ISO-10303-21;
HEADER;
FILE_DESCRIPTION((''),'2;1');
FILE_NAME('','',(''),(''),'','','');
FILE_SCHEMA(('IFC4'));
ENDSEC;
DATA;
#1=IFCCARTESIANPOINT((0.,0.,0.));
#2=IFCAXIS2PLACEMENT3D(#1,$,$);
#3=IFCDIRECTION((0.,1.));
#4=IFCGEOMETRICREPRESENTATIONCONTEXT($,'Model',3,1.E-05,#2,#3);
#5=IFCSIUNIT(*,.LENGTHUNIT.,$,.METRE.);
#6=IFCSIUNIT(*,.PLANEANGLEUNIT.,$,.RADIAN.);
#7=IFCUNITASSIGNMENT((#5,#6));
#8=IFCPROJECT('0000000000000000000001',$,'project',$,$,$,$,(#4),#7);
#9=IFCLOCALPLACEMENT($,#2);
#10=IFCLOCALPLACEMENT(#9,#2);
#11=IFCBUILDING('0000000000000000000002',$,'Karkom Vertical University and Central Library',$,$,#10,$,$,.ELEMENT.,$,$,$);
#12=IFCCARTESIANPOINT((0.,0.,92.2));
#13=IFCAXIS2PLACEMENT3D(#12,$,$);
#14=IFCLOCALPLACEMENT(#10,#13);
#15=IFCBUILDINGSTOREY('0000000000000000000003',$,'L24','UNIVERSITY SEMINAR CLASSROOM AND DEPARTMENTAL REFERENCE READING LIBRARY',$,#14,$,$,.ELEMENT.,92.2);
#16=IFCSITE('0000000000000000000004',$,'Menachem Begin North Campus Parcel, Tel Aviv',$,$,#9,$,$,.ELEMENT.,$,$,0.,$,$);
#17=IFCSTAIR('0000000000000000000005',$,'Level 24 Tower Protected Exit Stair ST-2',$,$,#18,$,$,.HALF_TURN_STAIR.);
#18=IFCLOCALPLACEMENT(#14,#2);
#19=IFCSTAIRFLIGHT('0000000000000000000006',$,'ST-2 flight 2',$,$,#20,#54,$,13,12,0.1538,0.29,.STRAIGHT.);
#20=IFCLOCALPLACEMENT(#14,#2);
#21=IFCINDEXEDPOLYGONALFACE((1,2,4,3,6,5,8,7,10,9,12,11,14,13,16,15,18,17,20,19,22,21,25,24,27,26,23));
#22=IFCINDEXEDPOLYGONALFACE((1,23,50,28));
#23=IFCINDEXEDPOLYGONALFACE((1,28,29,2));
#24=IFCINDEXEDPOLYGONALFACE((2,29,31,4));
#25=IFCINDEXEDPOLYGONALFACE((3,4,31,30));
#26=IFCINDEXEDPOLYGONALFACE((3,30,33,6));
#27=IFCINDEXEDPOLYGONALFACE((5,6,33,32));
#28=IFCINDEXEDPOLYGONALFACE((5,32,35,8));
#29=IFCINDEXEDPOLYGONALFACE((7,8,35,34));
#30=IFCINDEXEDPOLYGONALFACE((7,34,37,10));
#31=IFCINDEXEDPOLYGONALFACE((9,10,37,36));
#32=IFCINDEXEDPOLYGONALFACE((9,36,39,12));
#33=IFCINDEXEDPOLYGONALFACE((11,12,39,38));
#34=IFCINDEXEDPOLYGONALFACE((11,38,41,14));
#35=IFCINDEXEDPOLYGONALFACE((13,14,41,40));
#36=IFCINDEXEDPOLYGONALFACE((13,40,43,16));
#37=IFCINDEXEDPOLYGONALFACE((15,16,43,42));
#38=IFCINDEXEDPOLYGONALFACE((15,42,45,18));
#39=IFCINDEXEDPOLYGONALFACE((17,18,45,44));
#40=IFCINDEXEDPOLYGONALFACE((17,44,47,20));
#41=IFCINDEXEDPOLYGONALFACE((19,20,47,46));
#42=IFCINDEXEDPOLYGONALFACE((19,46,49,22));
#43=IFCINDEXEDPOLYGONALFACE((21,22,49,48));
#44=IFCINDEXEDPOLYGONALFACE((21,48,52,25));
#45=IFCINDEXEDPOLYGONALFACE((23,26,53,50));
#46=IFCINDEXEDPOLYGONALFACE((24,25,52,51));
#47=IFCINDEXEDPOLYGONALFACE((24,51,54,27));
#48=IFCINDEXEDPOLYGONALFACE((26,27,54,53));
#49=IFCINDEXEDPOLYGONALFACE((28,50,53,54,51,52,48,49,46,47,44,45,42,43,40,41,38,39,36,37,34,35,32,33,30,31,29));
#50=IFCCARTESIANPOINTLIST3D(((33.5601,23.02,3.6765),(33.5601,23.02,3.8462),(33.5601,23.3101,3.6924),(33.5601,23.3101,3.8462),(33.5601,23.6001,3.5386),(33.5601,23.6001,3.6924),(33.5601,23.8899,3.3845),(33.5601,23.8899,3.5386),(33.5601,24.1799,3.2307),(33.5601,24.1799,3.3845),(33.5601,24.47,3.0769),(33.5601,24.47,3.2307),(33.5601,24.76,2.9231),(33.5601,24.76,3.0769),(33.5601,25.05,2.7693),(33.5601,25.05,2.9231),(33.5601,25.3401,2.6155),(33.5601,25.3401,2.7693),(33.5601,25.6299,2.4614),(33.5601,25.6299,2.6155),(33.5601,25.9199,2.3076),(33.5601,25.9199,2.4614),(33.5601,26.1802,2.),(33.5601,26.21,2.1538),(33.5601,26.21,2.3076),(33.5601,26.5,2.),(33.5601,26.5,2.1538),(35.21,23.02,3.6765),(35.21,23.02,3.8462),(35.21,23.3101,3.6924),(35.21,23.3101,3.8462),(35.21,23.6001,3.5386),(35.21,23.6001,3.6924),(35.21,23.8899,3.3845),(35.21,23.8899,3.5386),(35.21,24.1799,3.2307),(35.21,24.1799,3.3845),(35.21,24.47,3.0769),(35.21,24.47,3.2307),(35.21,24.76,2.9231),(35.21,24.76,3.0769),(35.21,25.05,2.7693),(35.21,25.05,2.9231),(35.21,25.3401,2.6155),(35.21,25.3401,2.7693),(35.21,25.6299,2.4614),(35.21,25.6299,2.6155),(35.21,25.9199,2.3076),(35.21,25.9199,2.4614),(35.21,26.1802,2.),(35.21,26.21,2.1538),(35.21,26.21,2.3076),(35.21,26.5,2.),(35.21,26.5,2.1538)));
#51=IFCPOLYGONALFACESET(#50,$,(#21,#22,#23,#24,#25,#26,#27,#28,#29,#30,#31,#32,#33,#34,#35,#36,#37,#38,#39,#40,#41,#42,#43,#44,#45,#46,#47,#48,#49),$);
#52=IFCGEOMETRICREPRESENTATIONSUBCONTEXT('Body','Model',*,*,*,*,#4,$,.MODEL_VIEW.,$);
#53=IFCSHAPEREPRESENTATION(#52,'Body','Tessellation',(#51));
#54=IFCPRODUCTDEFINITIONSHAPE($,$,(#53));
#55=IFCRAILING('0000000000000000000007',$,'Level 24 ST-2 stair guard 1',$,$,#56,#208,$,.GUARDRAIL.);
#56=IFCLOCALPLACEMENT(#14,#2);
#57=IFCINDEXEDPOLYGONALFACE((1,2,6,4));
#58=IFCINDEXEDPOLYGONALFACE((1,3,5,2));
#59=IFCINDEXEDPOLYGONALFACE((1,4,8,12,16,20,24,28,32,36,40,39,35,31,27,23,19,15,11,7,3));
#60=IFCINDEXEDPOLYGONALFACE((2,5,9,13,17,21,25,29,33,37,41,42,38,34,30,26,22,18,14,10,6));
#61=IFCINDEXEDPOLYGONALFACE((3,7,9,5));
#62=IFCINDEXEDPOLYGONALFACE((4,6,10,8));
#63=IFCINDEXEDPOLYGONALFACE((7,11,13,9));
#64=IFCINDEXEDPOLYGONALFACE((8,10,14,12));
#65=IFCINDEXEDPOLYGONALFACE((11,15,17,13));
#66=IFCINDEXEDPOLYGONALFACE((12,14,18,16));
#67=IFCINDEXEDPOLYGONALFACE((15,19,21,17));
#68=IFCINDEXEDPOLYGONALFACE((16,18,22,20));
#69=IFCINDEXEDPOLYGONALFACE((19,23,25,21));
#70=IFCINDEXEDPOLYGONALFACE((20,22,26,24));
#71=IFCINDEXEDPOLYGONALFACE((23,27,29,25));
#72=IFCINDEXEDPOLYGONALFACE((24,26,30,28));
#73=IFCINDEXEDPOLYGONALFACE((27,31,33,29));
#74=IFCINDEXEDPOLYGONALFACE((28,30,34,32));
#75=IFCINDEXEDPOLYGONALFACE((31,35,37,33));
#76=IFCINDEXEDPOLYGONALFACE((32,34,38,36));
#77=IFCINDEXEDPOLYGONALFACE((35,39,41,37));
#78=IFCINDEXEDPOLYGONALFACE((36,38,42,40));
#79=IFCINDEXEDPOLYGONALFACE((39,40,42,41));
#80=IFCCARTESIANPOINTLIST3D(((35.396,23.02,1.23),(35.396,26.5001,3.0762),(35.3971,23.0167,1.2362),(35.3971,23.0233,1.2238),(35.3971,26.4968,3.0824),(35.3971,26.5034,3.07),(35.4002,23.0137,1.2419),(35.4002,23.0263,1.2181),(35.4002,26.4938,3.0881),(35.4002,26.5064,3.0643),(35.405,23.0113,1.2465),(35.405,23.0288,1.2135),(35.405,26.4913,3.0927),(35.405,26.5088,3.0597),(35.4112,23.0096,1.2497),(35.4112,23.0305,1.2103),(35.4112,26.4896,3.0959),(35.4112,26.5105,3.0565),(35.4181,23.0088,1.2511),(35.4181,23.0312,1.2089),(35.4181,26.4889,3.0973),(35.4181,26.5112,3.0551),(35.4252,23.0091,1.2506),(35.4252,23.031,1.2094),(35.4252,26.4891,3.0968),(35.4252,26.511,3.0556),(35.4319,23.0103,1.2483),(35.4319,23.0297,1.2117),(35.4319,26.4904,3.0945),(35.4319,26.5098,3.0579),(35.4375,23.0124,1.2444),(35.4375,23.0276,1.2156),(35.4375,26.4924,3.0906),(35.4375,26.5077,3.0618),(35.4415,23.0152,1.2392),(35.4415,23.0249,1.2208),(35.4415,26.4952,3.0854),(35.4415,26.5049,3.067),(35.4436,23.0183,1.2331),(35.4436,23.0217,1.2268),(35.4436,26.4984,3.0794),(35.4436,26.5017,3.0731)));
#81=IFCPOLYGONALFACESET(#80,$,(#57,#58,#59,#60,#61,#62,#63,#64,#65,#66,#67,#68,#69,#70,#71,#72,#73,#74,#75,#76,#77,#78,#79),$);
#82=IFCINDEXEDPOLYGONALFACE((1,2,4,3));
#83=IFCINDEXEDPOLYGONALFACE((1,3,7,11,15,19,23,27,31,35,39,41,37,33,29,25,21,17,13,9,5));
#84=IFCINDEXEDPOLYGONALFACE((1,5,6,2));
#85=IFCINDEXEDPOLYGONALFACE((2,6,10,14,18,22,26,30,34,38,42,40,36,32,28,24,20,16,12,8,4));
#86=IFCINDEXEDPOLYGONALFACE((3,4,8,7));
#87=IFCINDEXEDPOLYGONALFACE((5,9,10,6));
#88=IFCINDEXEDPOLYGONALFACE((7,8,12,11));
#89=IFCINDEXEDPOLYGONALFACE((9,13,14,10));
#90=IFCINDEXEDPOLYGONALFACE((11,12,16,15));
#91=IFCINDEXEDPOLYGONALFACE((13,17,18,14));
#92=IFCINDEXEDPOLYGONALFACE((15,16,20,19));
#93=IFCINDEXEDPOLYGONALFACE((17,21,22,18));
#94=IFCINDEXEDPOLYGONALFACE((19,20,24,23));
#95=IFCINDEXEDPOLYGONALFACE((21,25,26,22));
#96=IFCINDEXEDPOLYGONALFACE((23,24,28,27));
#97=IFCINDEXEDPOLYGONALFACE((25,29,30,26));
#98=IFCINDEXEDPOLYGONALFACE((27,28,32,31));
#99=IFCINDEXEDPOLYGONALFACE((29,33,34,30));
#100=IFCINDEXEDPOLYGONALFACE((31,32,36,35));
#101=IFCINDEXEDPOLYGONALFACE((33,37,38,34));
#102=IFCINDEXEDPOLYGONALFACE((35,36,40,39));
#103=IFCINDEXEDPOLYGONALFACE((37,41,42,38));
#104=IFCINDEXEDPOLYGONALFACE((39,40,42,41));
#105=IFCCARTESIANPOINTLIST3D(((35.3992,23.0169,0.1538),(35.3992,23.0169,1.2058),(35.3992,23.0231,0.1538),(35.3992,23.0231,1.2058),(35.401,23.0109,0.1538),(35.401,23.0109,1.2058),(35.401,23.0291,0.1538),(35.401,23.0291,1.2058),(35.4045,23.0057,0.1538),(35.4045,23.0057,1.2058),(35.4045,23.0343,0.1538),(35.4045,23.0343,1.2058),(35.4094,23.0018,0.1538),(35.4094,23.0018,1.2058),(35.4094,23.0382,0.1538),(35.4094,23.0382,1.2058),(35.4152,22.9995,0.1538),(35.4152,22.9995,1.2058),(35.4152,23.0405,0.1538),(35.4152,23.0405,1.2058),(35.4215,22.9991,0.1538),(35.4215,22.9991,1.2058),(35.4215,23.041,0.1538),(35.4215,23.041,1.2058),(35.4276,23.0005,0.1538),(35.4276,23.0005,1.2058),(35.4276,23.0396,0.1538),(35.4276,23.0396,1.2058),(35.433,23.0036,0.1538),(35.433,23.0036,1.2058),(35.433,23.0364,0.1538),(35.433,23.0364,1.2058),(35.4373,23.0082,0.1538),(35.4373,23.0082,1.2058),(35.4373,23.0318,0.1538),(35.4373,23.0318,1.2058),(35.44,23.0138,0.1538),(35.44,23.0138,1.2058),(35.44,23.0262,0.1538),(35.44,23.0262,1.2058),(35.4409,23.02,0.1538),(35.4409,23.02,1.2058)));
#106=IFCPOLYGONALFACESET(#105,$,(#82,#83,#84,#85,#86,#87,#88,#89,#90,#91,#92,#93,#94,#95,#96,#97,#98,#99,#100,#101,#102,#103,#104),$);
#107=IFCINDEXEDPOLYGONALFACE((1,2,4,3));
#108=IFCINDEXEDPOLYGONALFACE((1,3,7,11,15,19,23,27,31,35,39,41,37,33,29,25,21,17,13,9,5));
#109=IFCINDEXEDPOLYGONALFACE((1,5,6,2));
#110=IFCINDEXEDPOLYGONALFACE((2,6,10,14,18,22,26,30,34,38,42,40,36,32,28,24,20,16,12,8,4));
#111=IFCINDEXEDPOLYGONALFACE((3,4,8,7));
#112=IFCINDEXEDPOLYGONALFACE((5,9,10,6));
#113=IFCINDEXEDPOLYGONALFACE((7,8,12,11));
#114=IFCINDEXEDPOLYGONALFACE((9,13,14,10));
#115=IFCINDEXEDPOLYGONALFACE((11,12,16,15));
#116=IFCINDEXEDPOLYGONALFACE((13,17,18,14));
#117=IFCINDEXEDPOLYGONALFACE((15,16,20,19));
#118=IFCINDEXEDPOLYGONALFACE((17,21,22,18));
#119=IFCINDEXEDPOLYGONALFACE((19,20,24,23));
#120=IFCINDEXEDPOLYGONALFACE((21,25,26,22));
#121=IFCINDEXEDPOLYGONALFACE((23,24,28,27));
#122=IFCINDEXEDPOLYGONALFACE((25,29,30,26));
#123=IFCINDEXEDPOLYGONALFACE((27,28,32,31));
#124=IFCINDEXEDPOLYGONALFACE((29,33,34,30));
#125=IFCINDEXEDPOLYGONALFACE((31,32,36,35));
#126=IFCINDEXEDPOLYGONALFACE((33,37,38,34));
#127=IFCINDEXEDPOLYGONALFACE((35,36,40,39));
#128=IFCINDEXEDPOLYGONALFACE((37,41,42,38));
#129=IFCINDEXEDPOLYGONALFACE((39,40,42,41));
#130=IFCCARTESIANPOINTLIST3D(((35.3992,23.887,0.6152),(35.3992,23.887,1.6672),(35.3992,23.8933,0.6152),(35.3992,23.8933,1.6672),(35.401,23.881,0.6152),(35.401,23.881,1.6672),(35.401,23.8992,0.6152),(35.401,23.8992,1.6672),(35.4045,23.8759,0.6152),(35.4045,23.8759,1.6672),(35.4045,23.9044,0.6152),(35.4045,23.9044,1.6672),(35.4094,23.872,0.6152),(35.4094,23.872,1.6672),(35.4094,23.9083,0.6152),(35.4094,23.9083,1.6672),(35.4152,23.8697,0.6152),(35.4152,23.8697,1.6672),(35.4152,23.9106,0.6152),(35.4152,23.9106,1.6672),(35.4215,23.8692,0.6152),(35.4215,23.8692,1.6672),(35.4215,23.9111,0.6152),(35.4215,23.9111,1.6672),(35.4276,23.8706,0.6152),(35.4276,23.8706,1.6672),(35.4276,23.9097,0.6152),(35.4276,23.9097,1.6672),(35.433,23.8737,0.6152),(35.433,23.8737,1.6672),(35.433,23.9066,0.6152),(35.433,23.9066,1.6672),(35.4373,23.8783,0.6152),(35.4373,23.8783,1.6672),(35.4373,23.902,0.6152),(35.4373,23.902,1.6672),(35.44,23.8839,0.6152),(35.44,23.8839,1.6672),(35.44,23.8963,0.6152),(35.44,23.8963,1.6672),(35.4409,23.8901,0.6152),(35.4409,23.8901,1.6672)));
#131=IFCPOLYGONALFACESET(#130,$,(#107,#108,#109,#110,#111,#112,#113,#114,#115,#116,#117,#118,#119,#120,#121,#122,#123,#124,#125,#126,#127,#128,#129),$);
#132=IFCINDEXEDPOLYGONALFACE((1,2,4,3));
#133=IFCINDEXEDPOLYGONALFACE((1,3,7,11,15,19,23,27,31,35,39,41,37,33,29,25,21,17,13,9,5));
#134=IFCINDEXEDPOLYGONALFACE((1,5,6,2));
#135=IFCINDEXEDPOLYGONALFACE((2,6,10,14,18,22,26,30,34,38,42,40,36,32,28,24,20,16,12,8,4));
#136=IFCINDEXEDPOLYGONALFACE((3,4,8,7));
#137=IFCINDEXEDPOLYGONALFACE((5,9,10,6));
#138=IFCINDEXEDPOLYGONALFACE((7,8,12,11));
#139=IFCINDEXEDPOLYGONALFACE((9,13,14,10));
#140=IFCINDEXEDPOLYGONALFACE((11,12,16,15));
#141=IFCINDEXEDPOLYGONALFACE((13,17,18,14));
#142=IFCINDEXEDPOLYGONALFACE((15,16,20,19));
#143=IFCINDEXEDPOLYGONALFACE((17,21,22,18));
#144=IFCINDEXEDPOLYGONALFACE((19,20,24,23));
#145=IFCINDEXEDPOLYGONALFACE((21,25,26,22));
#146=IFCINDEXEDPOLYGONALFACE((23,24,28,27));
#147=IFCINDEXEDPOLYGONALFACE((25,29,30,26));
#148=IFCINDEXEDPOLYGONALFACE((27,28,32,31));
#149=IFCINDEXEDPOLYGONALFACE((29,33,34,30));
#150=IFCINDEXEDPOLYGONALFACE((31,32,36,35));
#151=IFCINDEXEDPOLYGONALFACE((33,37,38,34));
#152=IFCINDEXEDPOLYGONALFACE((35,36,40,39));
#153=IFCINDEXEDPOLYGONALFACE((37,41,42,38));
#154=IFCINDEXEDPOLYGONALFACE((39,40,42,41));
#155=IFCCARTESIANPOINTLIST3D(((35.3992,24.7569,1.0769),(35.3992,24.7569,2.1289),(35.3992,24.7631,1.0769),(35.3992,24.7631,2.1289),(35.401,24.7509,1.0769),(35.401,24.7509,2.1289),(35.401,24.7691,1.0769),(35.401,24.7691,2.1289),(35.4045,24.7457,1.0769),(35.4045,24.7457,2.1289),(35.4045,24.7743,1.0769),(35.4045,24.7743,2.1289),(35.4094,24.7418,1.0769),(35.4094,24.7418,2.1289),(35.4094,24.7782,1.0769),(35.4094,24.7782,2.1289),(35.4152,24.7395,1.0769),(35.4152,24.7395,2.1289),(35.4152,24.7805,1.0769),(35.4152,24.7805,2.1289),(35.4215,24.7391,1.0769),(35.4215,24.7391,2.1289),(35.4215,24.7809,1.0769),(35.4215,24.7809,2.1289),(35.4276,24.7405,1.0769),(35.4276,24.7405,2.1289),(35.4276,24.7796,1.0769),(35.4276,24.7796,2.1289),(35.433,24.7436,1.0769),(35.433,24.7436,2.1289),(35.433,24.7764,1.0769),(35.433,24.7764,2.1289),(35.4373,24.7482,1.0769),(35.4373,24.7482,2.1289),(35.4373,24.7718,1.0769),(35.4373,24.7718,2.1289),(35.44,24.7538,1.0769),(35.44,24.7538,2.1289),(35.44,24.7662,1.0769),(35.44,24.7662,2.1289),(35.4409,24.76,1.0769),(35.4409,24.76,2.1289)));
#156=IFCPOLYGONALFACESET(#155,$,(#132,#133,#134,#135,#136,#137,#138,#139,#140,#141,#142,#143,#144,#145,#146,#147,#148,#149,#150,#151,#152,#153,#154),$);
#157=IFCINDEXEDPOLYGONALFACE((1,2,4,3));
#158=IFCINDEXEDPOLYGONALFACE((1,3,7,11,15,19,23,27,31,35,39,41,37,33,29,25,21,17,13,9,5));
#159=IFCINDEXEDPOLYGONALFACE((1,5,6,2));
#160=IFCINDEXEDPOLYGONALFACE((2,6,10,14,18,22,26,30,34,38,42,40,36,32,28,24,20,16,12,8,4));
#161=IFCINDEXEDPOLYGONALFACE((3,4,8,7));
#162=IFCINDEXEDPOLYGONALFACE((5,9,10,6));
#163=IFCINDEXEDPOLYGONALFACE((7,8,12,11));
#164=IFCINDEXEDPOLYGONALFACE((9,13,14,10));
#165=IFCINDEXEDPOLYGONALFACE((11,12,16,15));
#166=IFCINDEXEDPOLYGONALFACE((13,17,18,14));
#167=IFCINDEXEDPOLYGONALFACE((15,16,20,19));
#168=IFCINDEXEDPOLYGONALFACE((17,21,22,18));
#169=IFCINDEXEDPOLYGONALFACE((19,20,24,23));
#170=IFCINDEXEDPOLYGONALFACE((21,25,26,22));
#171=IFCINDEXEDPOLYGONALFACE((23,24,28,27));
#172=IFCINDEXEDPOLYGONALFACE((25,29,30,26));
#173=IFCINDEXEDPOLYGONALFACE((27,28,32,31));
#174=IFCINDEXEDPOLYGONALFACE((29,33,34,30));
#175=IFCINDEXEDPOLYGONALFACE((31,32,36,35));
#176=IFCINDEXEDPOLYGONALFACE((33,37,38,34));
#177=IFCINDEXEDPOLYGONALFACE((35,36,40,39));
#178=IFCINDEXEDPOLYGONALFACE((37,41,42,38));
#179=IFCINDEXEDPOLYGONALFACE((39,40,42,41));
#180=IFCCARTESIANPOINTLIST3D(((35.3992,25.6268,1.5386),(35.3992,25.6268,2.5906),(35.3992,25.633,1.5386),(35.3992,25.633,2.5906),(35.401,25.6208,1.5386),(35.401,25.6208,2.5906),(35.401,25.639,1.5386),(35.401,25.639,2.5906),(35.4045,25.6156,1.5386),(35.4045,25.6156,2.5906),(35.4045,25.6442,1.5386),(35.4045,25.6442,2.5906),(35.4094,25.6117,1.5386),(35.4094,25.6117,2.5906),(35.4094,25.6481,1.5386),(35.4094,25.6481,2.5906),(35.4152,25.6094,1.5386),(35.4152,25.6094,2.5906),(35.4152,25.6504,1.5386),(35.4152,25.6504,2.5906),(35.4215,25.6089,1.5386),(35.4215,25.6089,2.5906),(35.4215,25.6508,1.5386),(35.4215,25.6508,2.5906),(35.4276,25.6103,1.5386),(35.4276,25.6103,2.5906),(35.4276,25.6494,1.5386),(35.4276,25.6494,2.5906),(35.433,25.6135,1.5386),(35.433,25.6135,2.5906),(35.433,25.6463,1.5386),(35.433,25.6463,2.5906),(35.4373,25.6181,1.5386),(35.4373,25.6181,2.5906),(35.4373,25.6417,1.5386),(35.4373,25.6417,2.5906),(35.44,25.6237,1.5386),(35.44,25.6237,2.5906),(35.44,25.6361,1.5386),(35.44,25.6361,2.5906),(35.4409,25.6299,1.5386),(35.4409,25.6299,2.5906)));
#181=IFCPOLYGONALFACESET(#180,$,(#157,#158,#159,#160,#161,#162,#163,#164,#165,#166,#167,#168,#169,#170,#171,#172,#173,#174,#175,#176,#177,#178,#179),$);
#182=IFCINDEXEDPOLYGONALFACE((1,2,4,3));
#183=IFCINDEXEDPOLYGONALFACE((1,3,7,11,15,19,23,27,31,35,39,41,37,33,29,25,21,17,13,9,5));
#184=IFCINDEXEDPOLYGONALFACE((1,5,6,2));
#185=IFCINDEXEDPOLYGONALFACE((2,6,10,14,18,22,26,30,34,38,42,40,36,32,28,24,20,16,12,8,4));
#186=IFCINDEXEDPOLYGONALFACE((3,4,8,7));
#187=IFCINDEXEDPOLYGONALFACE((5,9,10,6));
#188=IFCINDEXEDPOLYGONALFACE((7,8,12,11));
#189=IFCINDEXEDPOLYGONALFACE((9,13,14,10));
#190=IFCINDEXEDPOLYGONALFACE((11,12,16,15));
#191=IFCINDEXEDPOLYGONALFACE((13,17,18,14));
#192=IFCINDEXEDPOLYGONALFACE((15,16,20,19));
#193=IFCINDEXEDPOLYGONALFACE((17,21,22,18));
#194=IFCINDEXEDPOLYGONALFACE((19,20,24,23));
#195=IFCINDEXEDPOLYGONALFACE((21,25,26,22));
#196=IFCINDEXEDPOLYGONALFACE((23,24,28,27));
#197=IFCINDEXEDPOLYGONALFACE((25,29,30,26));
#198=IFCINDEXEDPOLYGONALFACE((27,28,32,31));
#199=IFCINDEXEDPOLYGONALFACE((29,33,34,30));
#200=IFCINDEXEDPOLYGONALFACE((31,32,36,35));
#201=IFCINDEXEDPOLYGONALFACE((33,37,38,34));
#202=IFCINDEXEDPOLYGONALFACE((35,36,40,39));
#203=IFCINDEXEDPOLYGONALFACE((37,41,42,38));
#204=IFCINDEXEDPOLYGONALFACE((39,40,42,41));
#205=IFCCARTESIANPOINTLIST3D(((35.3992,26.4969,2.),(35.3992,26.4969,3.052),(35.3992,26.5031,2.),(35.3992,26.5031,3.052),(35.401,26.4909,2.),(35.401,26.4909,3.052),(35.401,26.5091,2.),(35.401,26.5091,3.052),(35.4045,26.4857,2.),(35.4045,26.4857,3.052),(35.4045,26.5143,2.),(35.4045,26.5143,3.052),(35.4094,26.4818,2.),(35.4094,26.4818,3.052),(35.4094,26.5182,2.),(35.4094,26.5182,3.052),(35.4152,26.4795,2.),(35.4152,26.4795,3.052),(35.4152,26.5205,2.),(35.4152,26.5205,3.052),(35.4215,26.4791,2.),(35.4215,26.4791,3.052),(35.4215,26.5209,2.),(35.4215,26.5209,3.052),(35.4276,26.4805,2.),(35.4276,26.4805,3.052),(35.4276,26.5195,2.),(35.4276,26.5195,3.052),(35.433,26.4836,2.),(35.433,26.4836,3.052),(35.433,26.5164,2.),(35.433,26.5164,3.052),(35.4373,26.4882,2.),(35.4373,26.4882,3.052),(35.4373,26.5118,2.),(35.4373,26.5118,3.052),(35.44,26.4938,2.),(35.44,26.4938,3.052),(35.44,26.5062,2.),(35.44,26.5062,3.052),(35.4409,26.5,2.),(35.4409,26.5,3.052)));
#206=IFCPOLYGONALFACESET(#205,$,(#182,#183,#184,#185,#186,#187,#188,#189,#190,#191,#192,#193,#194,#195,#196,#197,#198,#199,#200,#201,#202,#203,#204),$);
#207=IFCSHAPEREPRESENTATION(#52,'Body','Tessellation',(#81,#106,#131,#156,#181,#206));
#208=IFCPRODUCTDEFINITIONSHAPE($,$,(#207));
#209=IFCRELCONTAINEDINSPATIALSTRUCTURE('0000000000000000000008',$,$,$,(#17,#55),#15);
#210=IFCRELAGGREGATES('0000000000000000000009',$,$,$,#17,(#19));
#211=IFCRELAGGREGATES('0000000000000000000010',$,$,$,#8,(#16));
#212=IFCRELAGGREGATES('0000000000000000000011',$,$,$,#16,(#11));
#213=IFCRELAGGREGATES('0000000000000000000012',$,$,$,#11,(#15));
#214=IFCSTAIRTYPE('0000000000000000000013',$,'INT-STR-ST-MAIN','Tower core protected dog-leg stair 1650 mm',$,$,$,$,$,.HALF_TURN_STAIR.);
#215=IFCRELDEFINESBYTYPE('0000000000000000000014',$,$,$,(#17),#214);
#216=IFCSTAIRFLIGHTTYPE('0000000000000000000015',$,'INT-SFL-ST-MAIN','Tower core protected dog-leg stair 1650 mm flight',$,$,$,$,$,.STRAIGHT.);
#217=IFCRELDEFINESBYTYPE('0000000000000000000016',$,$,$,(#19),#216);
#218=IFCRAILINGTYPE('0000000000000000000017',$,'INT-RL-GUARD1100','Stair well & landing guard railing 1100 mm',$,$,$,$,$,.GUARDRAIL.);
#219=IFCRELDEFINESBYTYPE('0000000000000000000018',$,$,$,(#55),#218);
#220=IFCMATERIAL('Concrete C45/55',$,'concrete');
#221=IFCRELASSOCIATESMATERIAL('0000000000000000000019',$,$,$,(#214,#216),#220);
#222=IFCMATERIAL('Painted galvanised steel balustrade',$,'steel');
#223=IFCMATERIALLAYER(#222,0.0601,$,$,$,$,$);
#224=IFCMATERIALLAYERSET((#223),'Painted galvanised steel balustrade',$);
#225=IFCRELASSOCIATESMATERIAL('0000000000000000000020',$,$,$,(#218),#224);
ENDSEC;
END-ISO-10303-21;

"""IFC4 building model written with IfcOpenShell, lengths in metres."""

from ifc_helpers import new_model, si_unit, direction, frame, origin, origin_2d, place, context, subcontext, project, spatial, polyline, circle, outline, extrude, material, layer, layer_set, type_object, element, aggregate, save


model = new_model("IFC4")

# Units and contexts
model_context = context("Model", 3, precision=1e-05, world=origin(), true_north=direction((0.0, 1.0)))
body_context = subcontext(model_context, "Body", "Model", "MODEL_VIEW")
ifc_project = project(units=[si_unit("LENGTHUNIT", "METRE"), si_unit("PLANEANGLEUNIT", "RADIAN")], contexts=[model_context])

# Site, building, storey
site_placement = place(None, origin())
site = spatial("IfcSite", under=ifc_project, at=site_placement, Name="Menachem Begin North Campus Parcel, Tel Aviv", CompositionType="ELEMENT", RefElevation=0.0)
building_placement = place(site_placement, origin())
building = spatial("IfcBuilding", under=site, at=building_placement, Name="Karkom Vertical University and Central Library", CompositionType="ELEMENT")
storey_placement = place(building_placement, frame((0.0, 0.0, 92.2)))
storey = spatial("IfcBuildingStorey", under=building, at=storey_placement, Name="L24", Description="UNIVERSITY SEMINAR CLASSROOM AND DEPARTMENTAL REFERENCE READING LIBRARY", CompositionType="ELEMENT", Elevation=92.2)

# Shared definitions
ifc_material_1 = material(Name="Concrete C45/55", Category="concrete")

# Stair, stair flight
stair_type = type_object("IfcStairType", Name="INT-STR-ST-MAIN", Description="Tower core protected dog-leg stair 1650 mm", PredefinedType="HALF_TURN_STAIR", material=ifc_material_1)
stair_placement = place(storey_placement, origin())
stair = element("IfcStair", 1, at=stair_placement, inside=storey, type_object=stair_type, Name="Level 24 Tower Protected Exit Stair ST-2", PredefinedType="HALF_TURN_STAIR")
stair_flight_type = type_object("IfcStairFlightType", Name="INT-SFL-ST-MAIN", Description="Tower core protected dog-leg stair 1650 mm flight", PredefinedType="STRAIGHT", material=ifc_material_1)
stair_flight_1_placement = place(storey_placement, frame((34.385, 26.5, 2.0), z_axis=(0.0, 0.0, 1.0), x_axis=(0.0, -1.0, 0.0)))
stair_flight_1 = element("IfcStairFlight", 2, at=stair_flight_1_placement, type_object=stair_flight_type, Name="ST-2 flight 2", NumberOfRisers=13, NumberOfTreads=12, PredefinedType="STRAIGHT", RiserHeight=0.1538, TreadLength=0.29, context=body_context, shape_type="SweptSolid", body=[
    extrude(outline(polyline([(0.0, 0.0), (0.0, 0.1538), (0.29, 0.1538), (0.29, 0.3076), (0.5801, 0.3076), (0.5801, 0.4614), (0.8701, 0.4614), (0.8701, 0.6155), (1.1599, 0.6155), (1.1599, 0.7693), (1.45, 0.7693), (1.45, 0.9231), (1.74, 0.9231), (1.74, 1.0769), (2.03, 1.0769), (2.03, 1.2307), (2.3201, 1.2307), (2.3201, 1.3845), (2.6101, 1.3845), (2.6101, 1.5386), (2.8999, 1.5386), (2.8999, 1.6924), (3.1899, 1.6924), (3.1899, 1.8462), (3.48, 1.8462), (3.48, 2.0), (3.48, 1.6765), (0.3198, 0.0), (0.0, 0.0)])), frame((0.0, 0.825, 0.0), z_axis=(0.0, -1.0, 0.0), x_axis=(1.0, 0.0, 0.0)), (0.0, 0.0, 1.0), 1.6499),
])
aggregate(stair, [stair_flight_1])

# Railing
ifc_material_2 = material(Name="Painted galvanised steel balustrade", Category="steel")
ifc_layer_1 = layer(ifc_material_2, 0.0601)
ifc_layer_set_1 = layer_set([ifc_layer_1], Name="Painted galvanised steel balustrade")
railing_type_1 = type_object("IfcRailingType", Name="INT-RL-GUARD1100", Description="Stair well & landing guard railing 1100 mm", PredefinedType="GUARDRAIL", material=ifc_layer_set_1)
railing_1_placement = place(storey_placement, frame((35.4199, 23.02, 0.1538)))
element("IfcRailing", 3, at=railing_1_placement, inside=storey, type_object=railing_type_1, Name="Level 24 ST-2 stair guard 1", PredefinedType="GUARDRAIL", context=body_context, shape_type="SweptSolid", body=[
    extrude(circle(Radius=0.0239, at=origin_2d()), frame((0.0, 0.0, 1.0762), z_axis=(0.0, 0.883384, 0.468651), x_axis=(-1.0, 0.0, 0.0)), (0.0, 0.0, 1.0), 3.9395),
    extrude(circle(Radius=0.021, at=origin_2d()), origin(), (0.0, 0.0, 1.0), 1.052),
    extrude(circle(Radius=0.021, at=origin_2d()), frame((0.0, 0.8701, 0.4614)), (0.0, 0.0, 1.0), 1.052),
    extrude(circle(Radius=0.021, at=origin_2d()), frame((0.0, 1.74, 0.9231)), (0.0, 0.0, 1.0), 1.052),
    extrude(circle(Radius=0.021, at=origin_2d()), frame((0.0, 2.6099, 1.3848)), (0.0, 0.0, 1.0), 1.052),
    extrude(circle(Radius=0.021, at=origin_2d()), frame((0.0, 3.48, 1.8462)), (0.0, 0.0, 1.0), 1.052),
])

save(model, "model.ifc")
